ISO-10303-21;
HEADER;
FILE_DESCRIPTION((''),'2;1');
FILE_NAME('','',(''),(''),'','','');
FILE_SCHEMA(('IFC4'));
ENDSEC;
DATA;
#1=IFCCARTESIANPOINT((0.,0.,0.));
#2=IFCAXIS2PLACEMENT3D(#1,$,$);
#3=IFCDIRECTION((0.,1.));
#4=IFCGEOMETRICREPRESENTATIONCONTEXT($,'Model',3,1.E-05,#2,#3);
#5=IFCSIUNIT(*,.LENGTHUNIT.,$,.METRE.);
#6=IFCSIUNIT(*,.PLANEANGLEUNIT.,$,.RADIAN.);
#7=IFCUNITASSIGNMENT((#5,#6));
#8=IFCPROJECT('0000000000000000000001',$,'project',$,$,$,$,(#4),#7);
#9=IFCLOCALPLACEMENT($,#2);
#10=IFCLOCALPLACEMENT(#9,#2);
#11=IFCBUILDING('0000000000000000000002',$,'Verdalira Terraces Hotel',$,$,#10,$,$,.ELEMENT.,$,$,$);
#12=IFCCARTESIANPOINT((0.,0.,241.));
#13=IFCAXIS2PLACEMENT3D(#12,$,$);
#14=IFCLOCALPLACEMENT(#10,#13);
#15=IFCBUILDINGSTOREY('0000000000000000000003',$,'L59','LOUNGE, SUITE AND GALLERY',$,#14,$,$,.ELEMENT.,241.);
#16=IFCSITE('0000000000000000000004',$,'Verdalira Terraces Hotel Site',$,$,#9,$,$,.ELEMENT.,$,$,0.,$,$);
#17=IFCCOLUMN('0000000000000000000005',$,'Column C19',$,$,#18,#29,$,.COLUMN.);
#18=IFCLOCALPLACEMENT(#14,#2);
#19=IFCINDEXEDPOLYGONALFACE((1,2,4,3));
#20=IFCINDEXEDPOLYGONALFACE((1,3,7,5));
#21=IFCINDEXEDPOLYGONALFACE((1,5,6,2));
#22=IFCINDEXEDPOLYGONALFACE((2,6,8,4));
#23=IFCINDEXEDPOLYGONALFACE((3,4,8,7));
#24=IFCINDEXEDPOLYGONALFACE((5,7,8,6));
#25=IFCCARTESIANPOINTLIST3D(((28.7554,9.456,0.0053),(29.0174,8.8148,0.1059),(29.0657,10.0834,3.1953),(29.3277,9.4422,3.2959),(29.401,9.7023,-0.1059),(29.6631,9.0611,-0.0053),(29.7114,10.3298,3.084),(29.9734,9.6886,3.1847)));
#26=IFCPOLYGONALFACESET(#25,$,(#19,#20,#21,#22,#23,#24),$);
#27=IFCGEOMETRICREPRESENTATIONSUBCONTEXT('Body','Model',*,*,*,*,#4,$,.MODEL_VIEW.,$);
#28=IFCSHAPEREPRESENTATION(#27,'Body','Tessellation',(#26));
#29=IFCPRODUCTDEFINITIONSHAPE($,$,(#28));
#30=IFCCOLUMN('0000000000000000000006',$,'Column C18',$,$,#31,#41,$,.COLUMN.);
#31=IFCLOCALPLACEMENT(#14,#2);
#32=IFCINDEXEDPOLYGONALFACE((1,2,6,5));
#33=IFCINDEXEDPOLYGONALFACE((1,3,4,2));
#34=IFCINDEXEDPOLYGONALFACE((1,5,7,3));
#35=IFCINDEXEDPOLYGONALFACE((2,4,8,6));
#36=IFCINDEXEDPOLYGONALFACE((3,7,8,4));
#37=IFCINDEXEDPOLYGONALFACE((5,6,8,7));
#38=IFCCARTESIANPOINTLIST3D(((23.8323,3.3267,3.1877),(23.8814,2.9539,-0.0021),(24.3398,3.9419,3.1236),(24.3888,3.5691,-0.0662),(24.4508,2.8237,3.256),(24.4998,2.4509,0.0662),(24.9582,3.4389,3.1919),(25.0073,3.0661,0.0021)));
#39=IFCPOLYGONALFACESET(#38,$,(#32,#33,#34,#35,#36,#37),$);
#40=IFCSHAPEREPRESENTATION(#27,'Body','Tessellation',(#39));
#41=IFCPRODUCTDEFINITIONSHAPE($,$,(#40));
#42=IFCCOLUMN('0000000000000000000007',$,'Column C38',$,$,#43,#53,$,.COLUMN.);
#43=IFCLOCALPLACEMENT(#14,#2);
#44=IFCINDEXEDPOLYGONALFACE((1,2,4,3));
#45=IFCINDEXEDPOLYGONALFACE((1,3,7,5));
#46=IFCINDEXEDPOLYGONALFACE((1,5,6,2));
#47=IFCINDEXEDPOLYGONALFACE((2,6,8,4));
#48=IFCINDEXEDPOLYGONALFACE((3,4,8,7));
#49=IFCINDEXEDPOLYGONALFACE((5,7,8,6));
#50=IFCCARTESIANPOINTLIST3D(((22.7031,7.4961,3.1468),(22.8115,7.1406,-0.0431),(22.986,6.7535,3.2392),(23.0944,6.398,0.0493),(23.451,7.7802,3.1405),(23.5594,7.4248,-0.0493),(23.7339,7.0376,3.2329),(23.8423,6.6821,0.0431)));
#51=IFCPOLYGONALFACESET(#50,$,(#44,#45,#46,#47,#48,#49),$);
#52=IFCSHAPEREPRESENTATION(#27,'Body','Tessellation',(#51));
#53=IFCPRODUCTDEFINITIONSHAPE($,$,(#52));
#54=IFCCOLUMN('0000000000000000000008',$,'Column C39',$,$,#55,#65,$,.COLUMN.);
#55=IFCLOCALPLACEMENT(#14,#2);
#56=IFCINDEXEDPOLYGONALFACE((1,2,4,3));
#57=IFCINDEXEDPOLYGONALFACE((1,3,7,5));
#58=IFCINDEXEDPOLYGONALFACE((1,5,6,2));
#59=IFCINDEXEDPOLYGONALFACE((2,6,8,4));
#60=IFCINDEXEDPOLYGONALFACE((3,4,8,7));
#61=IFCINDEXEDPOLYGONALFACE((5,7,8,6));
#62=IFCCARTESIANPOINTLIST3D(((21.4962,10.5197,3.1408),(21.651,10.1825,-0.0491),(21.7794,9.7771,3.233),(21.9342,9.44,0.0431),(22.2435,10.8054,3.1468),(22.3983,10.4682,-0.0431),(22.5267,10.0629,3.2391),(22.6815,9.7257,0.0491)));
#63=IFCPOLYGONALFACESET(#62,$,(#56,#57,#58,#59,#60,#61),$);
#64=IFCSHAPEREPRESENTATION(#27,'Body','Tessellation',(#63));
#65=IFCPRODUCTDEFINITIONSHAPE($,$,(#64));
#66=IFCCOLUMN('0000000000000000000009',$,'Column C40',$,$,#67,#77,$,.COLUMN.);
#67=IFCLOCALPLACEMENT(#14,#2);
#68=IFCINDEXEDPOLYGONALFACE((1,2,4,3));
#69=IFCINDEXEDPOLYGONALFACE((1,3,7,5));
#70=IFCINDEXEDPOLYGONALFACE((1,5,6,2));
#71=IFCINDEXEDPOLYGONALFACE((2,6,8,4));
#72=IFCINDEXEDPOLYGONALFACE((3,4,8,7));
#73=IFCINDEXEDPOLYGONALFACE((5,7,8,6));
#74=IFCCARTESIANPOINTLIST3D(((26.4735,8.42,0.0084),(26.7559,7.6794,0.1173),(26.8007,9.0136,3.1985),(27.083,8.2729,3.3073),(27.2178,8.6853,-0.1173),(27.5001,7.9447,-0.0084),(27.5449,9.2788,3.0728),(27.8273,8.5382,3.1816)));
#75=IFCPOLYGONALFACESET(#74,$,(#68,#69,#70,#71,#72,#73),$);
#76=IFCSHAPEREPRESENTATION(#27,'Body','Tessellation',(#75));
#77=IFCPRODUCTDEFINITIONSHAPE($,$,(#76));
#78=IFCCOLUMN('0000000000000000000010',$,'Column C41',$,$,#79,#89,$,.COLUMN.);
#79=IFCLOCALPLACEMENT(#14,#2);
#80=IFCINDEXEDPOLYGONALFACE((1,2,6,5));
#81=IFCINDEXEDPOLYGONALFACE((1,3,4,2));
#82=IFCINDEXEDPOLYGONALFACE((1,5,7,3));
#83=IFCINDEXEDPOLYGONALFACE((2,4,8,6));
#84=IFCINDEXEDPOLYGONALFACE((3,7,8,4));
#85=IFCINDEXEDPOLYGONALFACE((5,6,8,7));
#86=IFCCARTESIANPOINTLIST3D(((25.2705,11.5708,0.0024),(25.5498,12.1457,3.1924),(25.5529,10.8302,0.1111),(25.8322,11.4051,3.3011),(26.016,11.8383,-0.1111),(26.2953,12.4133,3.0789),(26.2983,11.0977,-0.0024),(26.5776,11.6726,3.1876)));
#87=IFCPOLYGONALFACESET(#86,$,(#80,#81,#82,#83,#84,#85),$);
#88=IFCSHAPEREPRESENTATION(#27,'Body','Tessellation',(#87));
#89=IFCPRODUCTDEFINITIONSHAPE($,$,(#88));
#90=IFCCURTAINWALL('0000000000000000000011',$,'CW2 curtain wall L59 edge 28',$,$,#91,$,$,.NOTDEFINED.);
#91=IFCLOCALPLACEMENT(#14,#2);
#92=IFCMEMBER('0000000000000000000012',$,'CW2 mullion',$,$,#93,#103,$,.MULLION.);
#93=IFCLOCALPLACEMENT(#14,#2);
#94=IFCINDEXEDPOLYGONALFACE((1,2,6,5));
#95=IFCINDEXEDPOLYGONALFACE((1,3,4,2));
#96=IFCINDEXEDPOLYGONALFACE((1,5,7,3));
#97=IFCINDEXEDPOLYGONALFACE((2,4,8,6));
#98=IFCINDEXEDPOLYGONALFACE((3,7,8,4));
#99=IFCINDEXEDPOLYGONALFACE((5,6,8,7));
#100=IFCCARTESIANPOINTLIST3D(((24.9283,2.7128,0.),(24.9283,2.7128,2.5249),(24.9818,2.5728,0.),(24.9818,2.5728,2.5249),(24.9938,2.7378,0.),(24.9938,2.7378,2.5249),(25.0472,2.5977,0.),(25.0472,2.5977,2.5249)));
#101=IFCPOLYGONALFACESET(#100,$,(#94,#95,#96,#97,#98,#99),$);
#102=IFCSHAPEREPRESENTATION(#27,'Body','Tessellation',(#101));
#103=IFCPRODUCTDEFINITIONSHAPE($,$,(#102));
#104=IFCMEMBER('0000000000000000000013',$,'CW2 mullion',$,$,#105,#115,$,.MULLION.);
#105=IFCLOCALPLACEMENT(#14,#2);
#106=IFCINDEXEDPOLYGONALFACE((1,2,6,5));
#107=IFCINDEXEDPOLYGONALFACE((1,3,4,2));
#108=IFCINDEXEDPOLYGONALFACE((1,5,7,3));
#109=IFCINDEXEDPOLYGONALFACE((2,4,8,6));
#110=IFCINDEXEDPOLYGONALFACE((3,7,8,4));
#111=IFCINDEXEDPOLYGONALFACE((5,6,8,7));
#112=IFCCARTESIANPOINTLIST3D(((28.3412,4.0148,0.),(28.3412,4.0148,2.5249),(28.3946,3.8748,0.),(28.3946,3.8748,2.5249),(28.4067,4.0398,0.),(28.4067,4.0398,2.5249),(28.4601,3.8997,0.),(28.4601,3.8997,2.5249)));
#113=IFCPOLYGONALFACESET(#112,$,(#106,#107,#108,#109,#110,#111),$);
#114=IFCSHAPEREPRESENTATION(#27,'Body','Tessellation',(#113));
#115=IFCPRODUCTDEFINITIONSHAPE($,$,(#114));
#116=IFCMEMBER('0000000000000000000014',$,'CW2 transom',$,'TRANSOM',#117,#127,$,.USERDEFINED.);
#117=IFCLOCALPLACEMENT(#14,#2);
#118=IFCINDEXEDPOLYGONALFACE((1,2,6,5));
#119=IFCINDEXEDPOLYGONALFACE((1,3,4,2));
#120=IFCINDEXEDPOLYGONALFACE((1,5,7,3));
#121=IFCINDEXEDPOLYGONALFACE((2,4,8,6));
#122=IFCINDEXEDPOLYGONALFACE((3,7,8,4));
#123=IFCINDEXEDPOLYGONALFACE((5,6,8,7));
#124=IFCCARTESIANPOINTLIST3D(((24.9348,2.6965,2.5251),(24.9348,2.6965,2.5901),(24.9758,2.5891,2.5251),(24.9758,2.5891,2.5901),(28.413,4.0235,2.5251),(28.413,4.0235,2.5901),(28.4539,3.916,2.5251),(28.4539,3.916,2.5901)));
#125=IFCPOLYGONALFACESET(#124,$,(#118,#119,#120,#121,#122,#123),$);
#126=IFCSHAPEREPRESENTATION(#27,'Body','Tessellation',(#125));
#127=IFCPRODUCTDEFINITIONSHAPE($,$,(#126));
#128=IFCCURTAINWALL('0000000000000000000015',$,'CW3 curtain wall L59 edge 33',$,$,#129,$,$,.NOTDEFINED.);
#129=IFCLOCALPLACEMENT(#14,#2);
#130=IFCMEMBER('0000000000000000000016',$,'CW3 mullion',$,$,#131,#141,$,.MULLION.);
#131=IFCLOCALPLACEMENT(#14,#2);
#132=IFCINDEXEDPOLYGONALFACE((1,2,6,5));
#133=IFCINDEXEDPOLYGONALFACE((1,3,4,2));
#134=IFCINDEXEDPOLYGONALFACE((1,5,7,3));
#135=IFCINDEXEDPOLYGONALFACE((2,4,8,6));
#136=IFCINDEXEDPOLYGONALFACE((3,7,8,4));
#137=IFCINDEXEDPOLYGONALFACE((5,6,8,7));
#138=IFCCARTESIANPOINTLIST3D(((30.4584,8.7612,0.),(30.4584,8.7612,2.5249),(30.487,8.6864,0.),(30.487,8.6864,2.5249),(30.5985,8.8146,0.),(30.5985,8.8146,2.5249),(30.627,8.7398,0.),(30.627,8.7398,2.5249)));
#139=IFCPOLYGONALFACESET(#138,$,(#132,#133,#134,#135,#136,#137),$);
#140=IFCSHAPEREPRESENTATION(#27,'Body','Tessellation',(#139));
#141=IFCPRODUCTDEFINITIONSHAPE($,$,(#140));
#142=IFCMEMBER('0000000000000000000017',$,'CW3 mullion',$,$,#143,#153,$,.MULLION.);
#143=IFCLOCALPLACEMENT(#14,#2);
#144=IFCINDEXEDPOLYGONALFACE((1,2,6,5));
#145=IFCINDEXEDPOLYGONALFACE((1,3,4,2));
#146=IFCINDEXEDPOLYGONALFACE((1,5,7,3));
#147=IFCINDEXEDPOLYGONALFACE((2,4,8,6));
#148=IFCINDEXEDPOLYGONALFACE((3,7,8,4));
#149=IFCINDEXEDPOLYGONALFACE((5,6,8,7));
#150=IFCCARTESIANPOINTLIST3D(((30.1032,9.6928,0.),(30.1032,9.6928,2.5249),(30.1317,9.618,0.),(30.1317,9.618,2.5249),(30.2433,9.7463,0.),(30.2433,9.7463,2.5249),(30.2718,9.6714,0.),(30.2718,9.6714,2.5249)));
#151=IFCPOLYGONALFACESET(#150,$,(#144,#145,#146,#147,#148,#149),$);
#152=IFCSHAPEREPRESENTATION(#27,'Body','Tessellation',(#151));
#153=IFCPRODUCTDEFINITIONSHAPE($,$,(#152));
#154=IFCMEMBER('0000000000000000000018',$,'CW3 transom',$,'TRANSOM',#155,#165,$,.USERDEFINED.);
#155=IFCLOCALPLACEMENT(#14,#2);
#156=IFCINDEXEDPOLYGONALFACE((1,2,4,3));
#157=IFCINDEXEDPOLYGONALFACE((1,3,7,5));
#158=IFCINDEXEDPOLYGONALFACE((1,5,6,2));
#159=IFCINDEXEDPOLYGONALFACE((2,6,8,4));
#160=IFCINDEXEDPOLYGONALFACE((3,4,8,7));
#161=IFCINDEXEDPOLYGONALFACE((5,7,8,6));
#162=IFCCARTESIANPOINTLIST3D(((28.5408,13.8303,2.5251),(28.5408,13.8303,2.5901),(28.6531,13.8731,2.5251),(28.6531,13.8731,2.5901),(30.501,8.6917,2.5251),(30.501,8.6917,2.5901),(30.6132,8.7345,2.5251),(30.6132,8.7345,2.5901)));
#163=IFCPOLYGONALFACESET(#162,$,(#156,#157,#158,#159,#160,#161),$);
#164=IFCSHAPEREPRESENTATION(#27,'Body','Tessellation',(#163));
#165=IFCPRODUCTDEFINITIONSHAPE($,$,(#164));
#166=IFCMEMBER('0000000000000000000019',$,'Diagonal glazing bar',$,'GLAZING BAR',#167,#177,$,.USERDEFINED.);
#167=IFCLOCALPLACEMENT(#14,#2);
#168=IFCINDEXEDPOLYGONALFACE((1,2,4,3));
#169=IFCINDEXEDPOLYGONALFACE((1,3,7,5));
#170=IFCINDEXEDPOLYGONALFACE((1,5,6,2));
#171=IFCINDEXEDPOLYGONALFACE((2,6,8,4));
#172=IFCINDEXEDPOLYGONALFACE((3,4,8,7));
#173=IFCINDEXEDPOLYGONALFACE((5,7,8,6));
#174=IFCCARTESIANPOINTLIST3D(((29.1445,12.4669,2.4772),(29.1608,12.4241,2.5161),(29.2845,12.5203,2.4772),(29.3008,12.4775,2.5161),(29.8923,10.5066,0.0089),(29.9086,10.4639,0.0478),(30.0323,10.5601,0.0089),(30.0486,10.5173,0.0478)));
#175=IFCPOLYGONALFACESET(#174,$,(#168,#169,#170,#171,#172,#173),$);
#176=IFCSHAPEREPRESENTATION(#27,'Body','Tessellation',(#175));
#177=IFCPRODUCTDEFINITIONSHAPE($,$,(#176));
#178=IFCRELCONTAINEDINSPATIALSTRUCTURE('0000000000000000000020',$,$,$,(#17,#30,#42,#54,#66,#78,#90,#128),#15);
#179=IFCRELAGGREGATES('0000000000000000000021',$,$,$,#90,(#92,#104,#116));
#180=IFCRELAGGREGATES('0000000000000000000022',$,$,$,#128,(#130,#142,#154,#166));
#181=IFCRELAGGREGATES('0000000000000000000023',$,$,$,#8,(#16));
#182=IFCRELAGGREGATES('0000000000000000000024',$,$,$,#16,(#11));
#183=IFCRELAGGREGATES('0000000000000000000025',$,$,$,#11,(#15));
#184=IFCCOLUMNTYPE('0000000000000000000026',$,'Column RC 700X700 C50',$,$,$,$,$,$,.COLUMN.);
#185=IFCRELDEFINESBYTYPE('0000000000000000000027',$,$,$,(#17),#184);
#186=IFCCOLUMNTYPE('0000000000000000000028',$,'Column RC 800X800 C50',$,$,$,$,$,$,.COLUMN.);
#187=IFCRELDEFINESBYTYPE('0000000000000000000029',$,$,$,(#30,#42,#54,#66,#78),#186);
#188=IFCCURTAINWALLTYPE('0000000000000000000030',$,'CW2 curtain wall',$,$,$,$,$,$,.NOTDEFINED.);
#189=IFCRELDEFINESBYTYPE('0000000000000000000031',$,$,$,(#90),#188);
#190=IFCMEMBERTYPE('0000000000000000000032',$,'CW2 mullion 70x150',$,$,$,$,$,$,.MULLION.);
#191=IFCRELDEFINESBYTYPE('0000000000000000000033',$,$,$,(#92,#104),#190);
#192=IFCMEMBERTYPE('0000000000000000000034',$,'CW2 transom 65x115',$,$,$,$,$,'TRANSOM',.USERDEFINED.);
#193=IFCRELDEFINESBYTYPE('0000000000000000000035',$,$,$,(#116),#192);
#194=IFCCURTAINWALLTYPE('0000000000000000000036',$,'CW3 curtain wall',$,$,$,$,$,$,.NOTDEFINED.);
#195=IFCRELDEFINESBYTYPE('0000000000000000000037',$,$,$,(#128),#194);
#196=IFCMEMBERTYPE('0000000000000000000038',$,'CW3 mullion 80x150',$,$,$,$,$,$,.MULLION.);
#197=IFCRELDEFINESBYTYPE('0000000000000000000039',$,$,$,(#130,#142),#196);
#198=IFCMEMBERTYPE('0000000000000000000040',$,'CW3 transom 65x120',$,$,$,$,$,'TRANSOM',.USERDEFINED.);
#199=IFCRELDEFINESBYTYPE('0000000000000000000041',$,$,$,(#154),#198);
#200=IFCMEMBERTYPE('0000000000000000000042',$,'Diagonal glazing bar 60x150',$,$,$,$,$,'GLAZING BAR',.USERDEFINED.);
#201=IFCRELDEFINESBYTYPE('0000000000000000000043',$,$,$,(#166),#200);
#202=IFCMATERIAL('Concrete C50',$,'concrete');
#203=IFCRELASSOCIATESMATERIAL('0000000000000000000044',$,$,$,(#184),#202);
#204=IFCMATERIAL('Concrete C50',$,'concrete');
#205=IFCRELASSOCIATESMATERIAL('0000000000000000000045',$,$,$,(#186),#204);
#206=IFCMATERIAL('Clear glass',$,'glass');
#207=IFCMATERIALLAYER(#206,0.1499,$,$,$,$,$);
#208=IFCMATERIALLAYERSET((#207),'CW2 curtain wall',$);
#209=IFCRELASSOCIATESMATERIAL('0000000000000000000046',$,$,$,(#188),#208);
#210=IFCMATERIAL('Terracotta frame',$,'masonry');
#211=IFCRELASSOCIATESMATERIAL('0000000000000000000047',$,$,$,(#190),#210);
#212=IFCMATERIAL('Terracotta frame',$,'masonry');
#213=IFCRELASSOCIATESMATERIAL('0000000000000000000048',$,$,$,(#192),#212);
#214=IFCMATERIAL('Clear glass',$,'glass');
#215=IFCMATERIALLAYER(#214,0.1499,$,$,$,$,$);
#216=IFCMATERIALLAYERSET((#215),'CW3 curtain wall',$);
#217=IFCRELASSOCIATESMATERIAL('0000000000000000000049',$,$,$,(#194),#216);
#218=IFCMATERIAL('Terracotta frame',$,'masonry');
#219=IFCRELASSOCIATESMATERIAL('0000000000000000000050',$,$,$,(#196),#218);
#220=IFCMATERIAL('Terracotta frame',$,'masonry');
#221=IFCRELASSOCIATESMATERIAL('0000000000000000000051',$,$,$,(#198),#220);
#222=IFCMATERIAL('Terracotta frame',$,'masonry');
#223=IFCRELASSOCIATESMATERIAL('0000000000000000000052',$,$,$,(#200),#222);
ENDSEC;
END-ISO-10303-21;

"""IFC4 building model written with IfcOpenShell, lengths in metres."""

from ifc_helpers import new_model, si_unit, direction, frame, origin, origin_2d, place, context, subcontext, project, spatial, rectangle, extrude, material, layer, layer_set, material_profile, profile_set, type_object, element, aggregate, save


model = new_model("IFC4")

# Units and contexts
model_context = context("Model", 3, precision=1e-05, world=origin(), true_north=direction((0.0, 1.0)))
body_context = subcontext(model_context, "Body", "Model", "MODEL_VIEW")
ifc_project = project(units=[si_unit("LENGTHUNIT", "METRE"), si_unit("PLANEANGLEUNIT", "RADIAN")], contexts=[model_context])

# Site, building, storey
site_placement = place(None, origin())
site = spatial("IfcSite", under=ifc_project, at=site_placement, Name="Verdalira Terraces Hotel Site", CompositionType="ELEMENT", RefElevation=0.0)
building_placement = place(site_placement, origin())
building = spatial("IfcBuilding", under=site, at=building_placement, Name="Verdalira Terraces Hotel", CompositionType="ELEMENT")
storey_placement = place(building_placement, frame((0.0, 0.0, 241.0)))
storey = spatial("IfcBuildingStorey", under=building, at=storey_placement, Name="L59", Description="LOUNGE, SUITE AND GALLERY", CompositionType="ELEMENT", Elevation=241.0)

# Columns
ifc_material_1 = material(Name="Concrete C50", Category="concrete")
ifc_material_profile_1 = material_profile(ifc_material_1, rectangle(XDim=0.7, YDim=0.7, at=origin_2d()), Name="RC 700X700")
ifc_profile_set_1 = profile_set([ifc_material_profile_1], Name="Concrete C50")
column_type_1 = type_object("IfcColumnType", Name="Column RC 700X700 C50", PredefinedType="COLUMN", material=ifc_profile_set_1)
column_1_placement = place(storey_placement, frame((29.2092, 9.2585, 0.0), z_axis=(0.095015, 0.192123, 0.976761), x_axis=(-0.374327, 0.916083, -0.143775)))
element("IfcColumn", 1, at=column_1_placement, inside=storey, type_object=column_type_1, Name="Column C19", PredefinedType="COLUMN", context=body_context, shape_type="SweptSolid", body=[
    extrude(rectangle(XDim=0.7, YDim=0.7, at=origin_2d()), origin(), (0.0, 0.0, 1.0), 3.2659),
])
ifc_material_2 = material(Name="Concrete C50", Category="concrete")
ifc_material_profile_2 = material_profile(ifc_material_2, rectangle(XDim=0.8, YDim=0.8, at=origin_2d()), Name="RC 800X800")
ifc_profile_set_2 = profile_set([ifc_material_profile_2], Name="Concrete C50")
column_type_2 = type_object("IfcColumnType", Name="Column RC 800X800 C50", PredefinedType="COLUMN", material=ifc_profile_set_2)
column_2_placement = place(storey_placement, frame((24.4443, 3.01, 0.0), z_axis=(-0.015278, 0.116065, 0.993124), x_axis=(-0.634242, -0.768972, 0.080112)))
element("IfcColumn", 2, at=column_2_placement, inside=storey, type_object=column_type_2, Name="Column C18", PredefinedType="COLUMN", context=body_context, shape_type="SweptSolid", body=[
    extrude(rectangle(XDim=0.8, YDim=0.8, at=origin_2d()), origin(), (0.0, 0.0, 1.0), 3.2119),
])
for number, where, z_axis, x_axis, name in (
    (3, (23.3269, 6.9114, 0.0), (-0.033753, 0.110686, 0.993282), (0.934779, 0.355145, -0.00781), "Column C38"),
    (4, (22.1663, 9.9541, 0.0), (-0.048198, 0.104987, 0.993305), (0.934012, 0.357162, 0.007571), "Column C39"),
):
    element("IfcColumn", number, at=place(storey_placement, frame(where, z_axis=z_axis, x_axis=x_axis)), inside=storey, type_object=column_type_2, Name=name, PredefinedType="COLUMN", context=body_context, shape_type="SweptSolid", body=[
        extrude(rectangle(XDim=0.8, YDim=0.8, at=origin_2d()), origin(), (0.0, 0.0, 1.0), 3.2114),
    ])
column_3_placement = place(storey_placement, frame((26.9868, 8.1824, 0.0), z_axis=(0.100317, 0.181994, 0.978169), x_axis=(0.93025, 0.331596, -0.157098)))
element("IfcColumn", 5, at=column_3_placement, inside=storey, type_object=column_type_2, Name="Column C40", PredefinedType="COLUMN", context=body_context, shape_type="SweptSolid", body=[
    extrude(rectangle(XDim=0.8, YDim=0.8, at=origin_2d()), origin(), (0.0, 0.0, 1.0), 3.2612),
])
column_4_placement = place(storey_placement, frame((25.7844, 11.3342, 0.0), z_axis=(0.085849, 0.176726, 0.980509), x_axis=(0.931706, 0.334372, -0.141843)))
element("IfcColumn", 6, at=column_4_placement, inside=storey, type_object=column_type_2, Name="Column C41", PredefinedType="COLUMN", context=body_context, shape_type="SweptSolid", body=[
    extrude(rectangle(XDim=0.8, YDim=0.8, at=origin_2d()), origin(), (0.0, 0.0, 1.0), 3.2534),
])

# Curtain walls, members
ifc_material_3 = material(Name="Clear glass", Category="glass")
ifc_layer_1 = layer(ifc_material_3, 0.1499)
ifc_layer_set_1 = layer_set([ifc_layer_1], Name="CW2 curtain wall")
curtain_wall_type_1 = type_object("IfcCurtainWallType", Name="CW2 curtain wall", PredefinedType="NOTDEFINED", material=ifc_layer_set_1)
curtain_wall_1_placement = place(storey_placement, origin())
curtain_wall_1 = element("IfcCurtainWall", 7, at=curtain_wall_1_placement, inside=storey, type_object=curtain_wall_type_1, Name="CW2 curtain wall L59 edge 28", PredefinedType="NOTDEFINED")
ifc_material_4 = material(Name="Terracotta frame", Category="masonry")
ifc_material_profile_3 = material_profile(ifc_material_4, rectangle(XDim=0.0701, YDim=0.1499, at=origin_2d()), Name="MU 70x150")
ifc_profile_set_3 = profile_set([ifc_material_profile_3], Name="Terracotta frame")
member_type_1 = type_object("IfcMemberType", Name="CW2 mullion 70x150", PredefinedType="MULLION", material=ifc_profile_set_3)
member_1_placement = place(storey_placement, frame((24.9878, 2.6553, 0.0), z_axis=(0.0, 0.0, 1.0), x_axis=(0.934329, 0.356412, 0.0)))
member_1 = element("IfcMember", 8, at=member_1_placement, type_object=member_type_1, Name="CW2 mullion", PredefinedType="MULLION", context=body_context, shape_type="SweptSolid", body=[
    extrude(rectangle(XDim=0.0701, YDim=0.1499, at=origin_2d()), origin(), (0.0, 0.0, 1.0), 2.5249),
])
member_2_placement = place(storey_placement, frame((28.4006, 3.9573, 0.0), z_axis=(0.0, 0.0, 1.0), x_axis=(0.934329, 0.356412, 0.0)))
member_2 = element("IfcMember", 9, at=member_2_placement, type_object=member_type_1, Name="CW2 mullion", PredefinedType="MULLION", context=body_context, shape_type="SweptSolid", body=[
    extrude(rectangle(XDim=0.0701, YDim=0.1499, at=origin_2d()), origin(), (0.0, 0.0, 1.0), 2.5249),
])
ifc_material_5 = material(Name="Terracotta frame", Category="masonry")
ifc_material_profile_4 = material_profile(ifc_material_5, rectangle(XDim=0.115, YDim=0.0649, at=origin_2d()), Name="TR 65x115")
ifc_profile_set_4 = profile_set([ifc_material_profile_4], Name="Terracotta frame")
member_type_2 = type_object("IfcMemberType", Name="CW2 transom 65x115", ElementType="TRANSOM", PredefinedType="USERDEFINED", material=ifc_profile_set_4)
member_3_placement = place(storey_placement, frame((24.9553, 2.6428, 2.5576), z_axis=(0.934314, 0.356451, 0.0), x_axis=(-0.356451, 0.934314, 0.0)))
member_3 = element("IfcMember", 10, at=member_3_placement, type_object=member_type_2, Name="CW2 transom", ObjectType="TRANSOM", PredefinedType="USERDEFINED", context=body_context, shape_type="SweptSolid", body=[
    extrude(rectangle(XDim=0.115, YDim=0.0649, at=origin_2d()), origin(), (0.0, 0.0, 1.0), 3.7227),
])
ifc_material_6 = material(Name="Clear glass", Category="glass")
ifc_layer_2 = layer(ifc_material_6, 0.1499)
ifc_layer_set_2 = layer_set([ifc_layer_2], Name="CW3 curtain wall")
curtain_wall_type_2 = type_object("IfcCurtainWallType", Name="CW3 curtain wall", PredefinedType="NOTDEFINED", material=ifc_layer_set_2)
curtain_wall_2_placement = place(storey_placement, origin())
curtain_wall_2 = element("IfcCurtainWall", 11, at=curtain_wall_2_placement, inside=storey, type_object=curtain_wall_type_2, Name="CW3 curtain wall L59 edge 33", PredefinedType="NOTDEFINED")
ifc_material_7 = material(Name="Terracotta frame", Category="masonry")
ifc_material_profile_5 = material_profile(ifc_material_7, rectangle(XDim=0.0801, YDim=0.1499, at=origin_2d()), Name="MU 80x150")
ifc_profile_set_5 = profile_set([ifc_material_profile_5], Name="Terracotta frame")
member_type_3 = type_object("IfcMemberType", Name="CW3 mullion 80x150", PredefinedType="MULLION", material=ifc_profile_set_5)
member_4_placement = place(storey_placement, frame((30.5427, 8.7505, 0.0), z_axis=(0.0, 0.0, 1.0), x_axis=(-0.356412, 0.934329, 0.0)))
member_4 = element("IfcMember", 12, at=member_4_placement, type_object=member_type_3, Name="CW3 mullion", PredefinedType="MULLION", context=body_context, shape_type="SweptSolid", body=[
    extrude(rectangle(XDim=0.0801, YDim=0.1499, at=origin_2d()), origin(), (0.0, 0.0, 1.0), 2.5249),
])
member_5_placement = place(storey_placement, frame((30.1875, 9.6821, 0.0), z_axis=(0.0, 0.0, 1.0), x_axis=(-0.356412, 0.934329, 0.0)))
member_5 = element("IfcMember", 13, at=member_5_placement, type_object=member_type_3, Name="CW3 mullion", PredefinedType="MULLION", context=body_context, shape_type="SweptSolid", body=[
    extrude(rectangle(XDim=0.0801, YDim=0.1499, at=origin_2d()), origin(), (0.0, 0.0, 1.0), 2.5249),
])
ifc_material_8 = material(Name="Terracotta frame", Category="masonry")
ifc_material_profile_6 = material_profile(ifc_material_8, rectangle(XDim=0.1201, YDim=0.0649, at=origin_2d()), Name="TR 65x120")
ifc_profile_set_6 = profile_set([ifc_material_profile_6], Name="Terracotta frame")
member_type_4 = type_object("IfcMemberType", Name="CW3 transom 65x120", ElementType="TRANSOM", PredefinedType="USERDEFINED", material=ifc_profile_set_6)
member_6_placement = place(storey_placement, frame((30.5571, 8.7131, 2.5576), z_axis=(-0.356411, 0.934329, 0.0), x_axis=(-0.934329, -0.356411, 0.0)))
member_6 = element("IfcMember", 14, at=member_6_placement, type_object=member_type_4, Name="CW3 transom", ObjectType="TRANSOM", PredefinedType="USERDEFINED", context=body_context, shape_type="SweptSolid", body=[
    extrude(rectangle(XDim=0.1201, YDim=0.0649, at=origin_2d()), origin(), (0.0, 0.0, 1.0), 5.4998),
])
ifc_material_9 = material(Name="Terracotta frame", Category="masonry")
ifc_material_profile_7 = material_profile(ifc_material_9, rectangle(XDim=0.1499, YDim=0.0601, at=origin_2d()), Name="GB 60x150")
ifc_profile_set_7 = profile_set([ifc_material_profile_7], Name="Terracotta frame")
member_type_5 = type_object("IfcMemberType", Name="Diagonal glazing bar 60x150", ElementType="GLAZING BAR", PredefinedType="USERDEFINED", material=ifc_profile_set_7)
member_7_placement = place(storey_placement, frame((29.9705, 10.512, 0.0283), z_axis=(-0.230844, 0.605107, 0.761942), x_axis=(-0.93432, -0.356436, 0.0)))
member_7 = element("IfcMember", 15, at=member_7_placement, type_object=member_type_5, Name="Diagonal glazing bar", ObjectType="GLAZING BAR", PredefinedType="USERDEFINED", context=body_context, shape_type="SweptSolid", body=[
    extrude(rectangle(XDim=0.1499, YDim=0.0601, at=origin_2d()), origin(), (0.0, 0.0, 1.0), 3.2395),
])

aggregate(curtain_wall_1, [member_1, member_2, member_3])
aggregate(curtain_wall_2, [member_4, member_5, member_6, member_7])

save(model, "model.ifc")
